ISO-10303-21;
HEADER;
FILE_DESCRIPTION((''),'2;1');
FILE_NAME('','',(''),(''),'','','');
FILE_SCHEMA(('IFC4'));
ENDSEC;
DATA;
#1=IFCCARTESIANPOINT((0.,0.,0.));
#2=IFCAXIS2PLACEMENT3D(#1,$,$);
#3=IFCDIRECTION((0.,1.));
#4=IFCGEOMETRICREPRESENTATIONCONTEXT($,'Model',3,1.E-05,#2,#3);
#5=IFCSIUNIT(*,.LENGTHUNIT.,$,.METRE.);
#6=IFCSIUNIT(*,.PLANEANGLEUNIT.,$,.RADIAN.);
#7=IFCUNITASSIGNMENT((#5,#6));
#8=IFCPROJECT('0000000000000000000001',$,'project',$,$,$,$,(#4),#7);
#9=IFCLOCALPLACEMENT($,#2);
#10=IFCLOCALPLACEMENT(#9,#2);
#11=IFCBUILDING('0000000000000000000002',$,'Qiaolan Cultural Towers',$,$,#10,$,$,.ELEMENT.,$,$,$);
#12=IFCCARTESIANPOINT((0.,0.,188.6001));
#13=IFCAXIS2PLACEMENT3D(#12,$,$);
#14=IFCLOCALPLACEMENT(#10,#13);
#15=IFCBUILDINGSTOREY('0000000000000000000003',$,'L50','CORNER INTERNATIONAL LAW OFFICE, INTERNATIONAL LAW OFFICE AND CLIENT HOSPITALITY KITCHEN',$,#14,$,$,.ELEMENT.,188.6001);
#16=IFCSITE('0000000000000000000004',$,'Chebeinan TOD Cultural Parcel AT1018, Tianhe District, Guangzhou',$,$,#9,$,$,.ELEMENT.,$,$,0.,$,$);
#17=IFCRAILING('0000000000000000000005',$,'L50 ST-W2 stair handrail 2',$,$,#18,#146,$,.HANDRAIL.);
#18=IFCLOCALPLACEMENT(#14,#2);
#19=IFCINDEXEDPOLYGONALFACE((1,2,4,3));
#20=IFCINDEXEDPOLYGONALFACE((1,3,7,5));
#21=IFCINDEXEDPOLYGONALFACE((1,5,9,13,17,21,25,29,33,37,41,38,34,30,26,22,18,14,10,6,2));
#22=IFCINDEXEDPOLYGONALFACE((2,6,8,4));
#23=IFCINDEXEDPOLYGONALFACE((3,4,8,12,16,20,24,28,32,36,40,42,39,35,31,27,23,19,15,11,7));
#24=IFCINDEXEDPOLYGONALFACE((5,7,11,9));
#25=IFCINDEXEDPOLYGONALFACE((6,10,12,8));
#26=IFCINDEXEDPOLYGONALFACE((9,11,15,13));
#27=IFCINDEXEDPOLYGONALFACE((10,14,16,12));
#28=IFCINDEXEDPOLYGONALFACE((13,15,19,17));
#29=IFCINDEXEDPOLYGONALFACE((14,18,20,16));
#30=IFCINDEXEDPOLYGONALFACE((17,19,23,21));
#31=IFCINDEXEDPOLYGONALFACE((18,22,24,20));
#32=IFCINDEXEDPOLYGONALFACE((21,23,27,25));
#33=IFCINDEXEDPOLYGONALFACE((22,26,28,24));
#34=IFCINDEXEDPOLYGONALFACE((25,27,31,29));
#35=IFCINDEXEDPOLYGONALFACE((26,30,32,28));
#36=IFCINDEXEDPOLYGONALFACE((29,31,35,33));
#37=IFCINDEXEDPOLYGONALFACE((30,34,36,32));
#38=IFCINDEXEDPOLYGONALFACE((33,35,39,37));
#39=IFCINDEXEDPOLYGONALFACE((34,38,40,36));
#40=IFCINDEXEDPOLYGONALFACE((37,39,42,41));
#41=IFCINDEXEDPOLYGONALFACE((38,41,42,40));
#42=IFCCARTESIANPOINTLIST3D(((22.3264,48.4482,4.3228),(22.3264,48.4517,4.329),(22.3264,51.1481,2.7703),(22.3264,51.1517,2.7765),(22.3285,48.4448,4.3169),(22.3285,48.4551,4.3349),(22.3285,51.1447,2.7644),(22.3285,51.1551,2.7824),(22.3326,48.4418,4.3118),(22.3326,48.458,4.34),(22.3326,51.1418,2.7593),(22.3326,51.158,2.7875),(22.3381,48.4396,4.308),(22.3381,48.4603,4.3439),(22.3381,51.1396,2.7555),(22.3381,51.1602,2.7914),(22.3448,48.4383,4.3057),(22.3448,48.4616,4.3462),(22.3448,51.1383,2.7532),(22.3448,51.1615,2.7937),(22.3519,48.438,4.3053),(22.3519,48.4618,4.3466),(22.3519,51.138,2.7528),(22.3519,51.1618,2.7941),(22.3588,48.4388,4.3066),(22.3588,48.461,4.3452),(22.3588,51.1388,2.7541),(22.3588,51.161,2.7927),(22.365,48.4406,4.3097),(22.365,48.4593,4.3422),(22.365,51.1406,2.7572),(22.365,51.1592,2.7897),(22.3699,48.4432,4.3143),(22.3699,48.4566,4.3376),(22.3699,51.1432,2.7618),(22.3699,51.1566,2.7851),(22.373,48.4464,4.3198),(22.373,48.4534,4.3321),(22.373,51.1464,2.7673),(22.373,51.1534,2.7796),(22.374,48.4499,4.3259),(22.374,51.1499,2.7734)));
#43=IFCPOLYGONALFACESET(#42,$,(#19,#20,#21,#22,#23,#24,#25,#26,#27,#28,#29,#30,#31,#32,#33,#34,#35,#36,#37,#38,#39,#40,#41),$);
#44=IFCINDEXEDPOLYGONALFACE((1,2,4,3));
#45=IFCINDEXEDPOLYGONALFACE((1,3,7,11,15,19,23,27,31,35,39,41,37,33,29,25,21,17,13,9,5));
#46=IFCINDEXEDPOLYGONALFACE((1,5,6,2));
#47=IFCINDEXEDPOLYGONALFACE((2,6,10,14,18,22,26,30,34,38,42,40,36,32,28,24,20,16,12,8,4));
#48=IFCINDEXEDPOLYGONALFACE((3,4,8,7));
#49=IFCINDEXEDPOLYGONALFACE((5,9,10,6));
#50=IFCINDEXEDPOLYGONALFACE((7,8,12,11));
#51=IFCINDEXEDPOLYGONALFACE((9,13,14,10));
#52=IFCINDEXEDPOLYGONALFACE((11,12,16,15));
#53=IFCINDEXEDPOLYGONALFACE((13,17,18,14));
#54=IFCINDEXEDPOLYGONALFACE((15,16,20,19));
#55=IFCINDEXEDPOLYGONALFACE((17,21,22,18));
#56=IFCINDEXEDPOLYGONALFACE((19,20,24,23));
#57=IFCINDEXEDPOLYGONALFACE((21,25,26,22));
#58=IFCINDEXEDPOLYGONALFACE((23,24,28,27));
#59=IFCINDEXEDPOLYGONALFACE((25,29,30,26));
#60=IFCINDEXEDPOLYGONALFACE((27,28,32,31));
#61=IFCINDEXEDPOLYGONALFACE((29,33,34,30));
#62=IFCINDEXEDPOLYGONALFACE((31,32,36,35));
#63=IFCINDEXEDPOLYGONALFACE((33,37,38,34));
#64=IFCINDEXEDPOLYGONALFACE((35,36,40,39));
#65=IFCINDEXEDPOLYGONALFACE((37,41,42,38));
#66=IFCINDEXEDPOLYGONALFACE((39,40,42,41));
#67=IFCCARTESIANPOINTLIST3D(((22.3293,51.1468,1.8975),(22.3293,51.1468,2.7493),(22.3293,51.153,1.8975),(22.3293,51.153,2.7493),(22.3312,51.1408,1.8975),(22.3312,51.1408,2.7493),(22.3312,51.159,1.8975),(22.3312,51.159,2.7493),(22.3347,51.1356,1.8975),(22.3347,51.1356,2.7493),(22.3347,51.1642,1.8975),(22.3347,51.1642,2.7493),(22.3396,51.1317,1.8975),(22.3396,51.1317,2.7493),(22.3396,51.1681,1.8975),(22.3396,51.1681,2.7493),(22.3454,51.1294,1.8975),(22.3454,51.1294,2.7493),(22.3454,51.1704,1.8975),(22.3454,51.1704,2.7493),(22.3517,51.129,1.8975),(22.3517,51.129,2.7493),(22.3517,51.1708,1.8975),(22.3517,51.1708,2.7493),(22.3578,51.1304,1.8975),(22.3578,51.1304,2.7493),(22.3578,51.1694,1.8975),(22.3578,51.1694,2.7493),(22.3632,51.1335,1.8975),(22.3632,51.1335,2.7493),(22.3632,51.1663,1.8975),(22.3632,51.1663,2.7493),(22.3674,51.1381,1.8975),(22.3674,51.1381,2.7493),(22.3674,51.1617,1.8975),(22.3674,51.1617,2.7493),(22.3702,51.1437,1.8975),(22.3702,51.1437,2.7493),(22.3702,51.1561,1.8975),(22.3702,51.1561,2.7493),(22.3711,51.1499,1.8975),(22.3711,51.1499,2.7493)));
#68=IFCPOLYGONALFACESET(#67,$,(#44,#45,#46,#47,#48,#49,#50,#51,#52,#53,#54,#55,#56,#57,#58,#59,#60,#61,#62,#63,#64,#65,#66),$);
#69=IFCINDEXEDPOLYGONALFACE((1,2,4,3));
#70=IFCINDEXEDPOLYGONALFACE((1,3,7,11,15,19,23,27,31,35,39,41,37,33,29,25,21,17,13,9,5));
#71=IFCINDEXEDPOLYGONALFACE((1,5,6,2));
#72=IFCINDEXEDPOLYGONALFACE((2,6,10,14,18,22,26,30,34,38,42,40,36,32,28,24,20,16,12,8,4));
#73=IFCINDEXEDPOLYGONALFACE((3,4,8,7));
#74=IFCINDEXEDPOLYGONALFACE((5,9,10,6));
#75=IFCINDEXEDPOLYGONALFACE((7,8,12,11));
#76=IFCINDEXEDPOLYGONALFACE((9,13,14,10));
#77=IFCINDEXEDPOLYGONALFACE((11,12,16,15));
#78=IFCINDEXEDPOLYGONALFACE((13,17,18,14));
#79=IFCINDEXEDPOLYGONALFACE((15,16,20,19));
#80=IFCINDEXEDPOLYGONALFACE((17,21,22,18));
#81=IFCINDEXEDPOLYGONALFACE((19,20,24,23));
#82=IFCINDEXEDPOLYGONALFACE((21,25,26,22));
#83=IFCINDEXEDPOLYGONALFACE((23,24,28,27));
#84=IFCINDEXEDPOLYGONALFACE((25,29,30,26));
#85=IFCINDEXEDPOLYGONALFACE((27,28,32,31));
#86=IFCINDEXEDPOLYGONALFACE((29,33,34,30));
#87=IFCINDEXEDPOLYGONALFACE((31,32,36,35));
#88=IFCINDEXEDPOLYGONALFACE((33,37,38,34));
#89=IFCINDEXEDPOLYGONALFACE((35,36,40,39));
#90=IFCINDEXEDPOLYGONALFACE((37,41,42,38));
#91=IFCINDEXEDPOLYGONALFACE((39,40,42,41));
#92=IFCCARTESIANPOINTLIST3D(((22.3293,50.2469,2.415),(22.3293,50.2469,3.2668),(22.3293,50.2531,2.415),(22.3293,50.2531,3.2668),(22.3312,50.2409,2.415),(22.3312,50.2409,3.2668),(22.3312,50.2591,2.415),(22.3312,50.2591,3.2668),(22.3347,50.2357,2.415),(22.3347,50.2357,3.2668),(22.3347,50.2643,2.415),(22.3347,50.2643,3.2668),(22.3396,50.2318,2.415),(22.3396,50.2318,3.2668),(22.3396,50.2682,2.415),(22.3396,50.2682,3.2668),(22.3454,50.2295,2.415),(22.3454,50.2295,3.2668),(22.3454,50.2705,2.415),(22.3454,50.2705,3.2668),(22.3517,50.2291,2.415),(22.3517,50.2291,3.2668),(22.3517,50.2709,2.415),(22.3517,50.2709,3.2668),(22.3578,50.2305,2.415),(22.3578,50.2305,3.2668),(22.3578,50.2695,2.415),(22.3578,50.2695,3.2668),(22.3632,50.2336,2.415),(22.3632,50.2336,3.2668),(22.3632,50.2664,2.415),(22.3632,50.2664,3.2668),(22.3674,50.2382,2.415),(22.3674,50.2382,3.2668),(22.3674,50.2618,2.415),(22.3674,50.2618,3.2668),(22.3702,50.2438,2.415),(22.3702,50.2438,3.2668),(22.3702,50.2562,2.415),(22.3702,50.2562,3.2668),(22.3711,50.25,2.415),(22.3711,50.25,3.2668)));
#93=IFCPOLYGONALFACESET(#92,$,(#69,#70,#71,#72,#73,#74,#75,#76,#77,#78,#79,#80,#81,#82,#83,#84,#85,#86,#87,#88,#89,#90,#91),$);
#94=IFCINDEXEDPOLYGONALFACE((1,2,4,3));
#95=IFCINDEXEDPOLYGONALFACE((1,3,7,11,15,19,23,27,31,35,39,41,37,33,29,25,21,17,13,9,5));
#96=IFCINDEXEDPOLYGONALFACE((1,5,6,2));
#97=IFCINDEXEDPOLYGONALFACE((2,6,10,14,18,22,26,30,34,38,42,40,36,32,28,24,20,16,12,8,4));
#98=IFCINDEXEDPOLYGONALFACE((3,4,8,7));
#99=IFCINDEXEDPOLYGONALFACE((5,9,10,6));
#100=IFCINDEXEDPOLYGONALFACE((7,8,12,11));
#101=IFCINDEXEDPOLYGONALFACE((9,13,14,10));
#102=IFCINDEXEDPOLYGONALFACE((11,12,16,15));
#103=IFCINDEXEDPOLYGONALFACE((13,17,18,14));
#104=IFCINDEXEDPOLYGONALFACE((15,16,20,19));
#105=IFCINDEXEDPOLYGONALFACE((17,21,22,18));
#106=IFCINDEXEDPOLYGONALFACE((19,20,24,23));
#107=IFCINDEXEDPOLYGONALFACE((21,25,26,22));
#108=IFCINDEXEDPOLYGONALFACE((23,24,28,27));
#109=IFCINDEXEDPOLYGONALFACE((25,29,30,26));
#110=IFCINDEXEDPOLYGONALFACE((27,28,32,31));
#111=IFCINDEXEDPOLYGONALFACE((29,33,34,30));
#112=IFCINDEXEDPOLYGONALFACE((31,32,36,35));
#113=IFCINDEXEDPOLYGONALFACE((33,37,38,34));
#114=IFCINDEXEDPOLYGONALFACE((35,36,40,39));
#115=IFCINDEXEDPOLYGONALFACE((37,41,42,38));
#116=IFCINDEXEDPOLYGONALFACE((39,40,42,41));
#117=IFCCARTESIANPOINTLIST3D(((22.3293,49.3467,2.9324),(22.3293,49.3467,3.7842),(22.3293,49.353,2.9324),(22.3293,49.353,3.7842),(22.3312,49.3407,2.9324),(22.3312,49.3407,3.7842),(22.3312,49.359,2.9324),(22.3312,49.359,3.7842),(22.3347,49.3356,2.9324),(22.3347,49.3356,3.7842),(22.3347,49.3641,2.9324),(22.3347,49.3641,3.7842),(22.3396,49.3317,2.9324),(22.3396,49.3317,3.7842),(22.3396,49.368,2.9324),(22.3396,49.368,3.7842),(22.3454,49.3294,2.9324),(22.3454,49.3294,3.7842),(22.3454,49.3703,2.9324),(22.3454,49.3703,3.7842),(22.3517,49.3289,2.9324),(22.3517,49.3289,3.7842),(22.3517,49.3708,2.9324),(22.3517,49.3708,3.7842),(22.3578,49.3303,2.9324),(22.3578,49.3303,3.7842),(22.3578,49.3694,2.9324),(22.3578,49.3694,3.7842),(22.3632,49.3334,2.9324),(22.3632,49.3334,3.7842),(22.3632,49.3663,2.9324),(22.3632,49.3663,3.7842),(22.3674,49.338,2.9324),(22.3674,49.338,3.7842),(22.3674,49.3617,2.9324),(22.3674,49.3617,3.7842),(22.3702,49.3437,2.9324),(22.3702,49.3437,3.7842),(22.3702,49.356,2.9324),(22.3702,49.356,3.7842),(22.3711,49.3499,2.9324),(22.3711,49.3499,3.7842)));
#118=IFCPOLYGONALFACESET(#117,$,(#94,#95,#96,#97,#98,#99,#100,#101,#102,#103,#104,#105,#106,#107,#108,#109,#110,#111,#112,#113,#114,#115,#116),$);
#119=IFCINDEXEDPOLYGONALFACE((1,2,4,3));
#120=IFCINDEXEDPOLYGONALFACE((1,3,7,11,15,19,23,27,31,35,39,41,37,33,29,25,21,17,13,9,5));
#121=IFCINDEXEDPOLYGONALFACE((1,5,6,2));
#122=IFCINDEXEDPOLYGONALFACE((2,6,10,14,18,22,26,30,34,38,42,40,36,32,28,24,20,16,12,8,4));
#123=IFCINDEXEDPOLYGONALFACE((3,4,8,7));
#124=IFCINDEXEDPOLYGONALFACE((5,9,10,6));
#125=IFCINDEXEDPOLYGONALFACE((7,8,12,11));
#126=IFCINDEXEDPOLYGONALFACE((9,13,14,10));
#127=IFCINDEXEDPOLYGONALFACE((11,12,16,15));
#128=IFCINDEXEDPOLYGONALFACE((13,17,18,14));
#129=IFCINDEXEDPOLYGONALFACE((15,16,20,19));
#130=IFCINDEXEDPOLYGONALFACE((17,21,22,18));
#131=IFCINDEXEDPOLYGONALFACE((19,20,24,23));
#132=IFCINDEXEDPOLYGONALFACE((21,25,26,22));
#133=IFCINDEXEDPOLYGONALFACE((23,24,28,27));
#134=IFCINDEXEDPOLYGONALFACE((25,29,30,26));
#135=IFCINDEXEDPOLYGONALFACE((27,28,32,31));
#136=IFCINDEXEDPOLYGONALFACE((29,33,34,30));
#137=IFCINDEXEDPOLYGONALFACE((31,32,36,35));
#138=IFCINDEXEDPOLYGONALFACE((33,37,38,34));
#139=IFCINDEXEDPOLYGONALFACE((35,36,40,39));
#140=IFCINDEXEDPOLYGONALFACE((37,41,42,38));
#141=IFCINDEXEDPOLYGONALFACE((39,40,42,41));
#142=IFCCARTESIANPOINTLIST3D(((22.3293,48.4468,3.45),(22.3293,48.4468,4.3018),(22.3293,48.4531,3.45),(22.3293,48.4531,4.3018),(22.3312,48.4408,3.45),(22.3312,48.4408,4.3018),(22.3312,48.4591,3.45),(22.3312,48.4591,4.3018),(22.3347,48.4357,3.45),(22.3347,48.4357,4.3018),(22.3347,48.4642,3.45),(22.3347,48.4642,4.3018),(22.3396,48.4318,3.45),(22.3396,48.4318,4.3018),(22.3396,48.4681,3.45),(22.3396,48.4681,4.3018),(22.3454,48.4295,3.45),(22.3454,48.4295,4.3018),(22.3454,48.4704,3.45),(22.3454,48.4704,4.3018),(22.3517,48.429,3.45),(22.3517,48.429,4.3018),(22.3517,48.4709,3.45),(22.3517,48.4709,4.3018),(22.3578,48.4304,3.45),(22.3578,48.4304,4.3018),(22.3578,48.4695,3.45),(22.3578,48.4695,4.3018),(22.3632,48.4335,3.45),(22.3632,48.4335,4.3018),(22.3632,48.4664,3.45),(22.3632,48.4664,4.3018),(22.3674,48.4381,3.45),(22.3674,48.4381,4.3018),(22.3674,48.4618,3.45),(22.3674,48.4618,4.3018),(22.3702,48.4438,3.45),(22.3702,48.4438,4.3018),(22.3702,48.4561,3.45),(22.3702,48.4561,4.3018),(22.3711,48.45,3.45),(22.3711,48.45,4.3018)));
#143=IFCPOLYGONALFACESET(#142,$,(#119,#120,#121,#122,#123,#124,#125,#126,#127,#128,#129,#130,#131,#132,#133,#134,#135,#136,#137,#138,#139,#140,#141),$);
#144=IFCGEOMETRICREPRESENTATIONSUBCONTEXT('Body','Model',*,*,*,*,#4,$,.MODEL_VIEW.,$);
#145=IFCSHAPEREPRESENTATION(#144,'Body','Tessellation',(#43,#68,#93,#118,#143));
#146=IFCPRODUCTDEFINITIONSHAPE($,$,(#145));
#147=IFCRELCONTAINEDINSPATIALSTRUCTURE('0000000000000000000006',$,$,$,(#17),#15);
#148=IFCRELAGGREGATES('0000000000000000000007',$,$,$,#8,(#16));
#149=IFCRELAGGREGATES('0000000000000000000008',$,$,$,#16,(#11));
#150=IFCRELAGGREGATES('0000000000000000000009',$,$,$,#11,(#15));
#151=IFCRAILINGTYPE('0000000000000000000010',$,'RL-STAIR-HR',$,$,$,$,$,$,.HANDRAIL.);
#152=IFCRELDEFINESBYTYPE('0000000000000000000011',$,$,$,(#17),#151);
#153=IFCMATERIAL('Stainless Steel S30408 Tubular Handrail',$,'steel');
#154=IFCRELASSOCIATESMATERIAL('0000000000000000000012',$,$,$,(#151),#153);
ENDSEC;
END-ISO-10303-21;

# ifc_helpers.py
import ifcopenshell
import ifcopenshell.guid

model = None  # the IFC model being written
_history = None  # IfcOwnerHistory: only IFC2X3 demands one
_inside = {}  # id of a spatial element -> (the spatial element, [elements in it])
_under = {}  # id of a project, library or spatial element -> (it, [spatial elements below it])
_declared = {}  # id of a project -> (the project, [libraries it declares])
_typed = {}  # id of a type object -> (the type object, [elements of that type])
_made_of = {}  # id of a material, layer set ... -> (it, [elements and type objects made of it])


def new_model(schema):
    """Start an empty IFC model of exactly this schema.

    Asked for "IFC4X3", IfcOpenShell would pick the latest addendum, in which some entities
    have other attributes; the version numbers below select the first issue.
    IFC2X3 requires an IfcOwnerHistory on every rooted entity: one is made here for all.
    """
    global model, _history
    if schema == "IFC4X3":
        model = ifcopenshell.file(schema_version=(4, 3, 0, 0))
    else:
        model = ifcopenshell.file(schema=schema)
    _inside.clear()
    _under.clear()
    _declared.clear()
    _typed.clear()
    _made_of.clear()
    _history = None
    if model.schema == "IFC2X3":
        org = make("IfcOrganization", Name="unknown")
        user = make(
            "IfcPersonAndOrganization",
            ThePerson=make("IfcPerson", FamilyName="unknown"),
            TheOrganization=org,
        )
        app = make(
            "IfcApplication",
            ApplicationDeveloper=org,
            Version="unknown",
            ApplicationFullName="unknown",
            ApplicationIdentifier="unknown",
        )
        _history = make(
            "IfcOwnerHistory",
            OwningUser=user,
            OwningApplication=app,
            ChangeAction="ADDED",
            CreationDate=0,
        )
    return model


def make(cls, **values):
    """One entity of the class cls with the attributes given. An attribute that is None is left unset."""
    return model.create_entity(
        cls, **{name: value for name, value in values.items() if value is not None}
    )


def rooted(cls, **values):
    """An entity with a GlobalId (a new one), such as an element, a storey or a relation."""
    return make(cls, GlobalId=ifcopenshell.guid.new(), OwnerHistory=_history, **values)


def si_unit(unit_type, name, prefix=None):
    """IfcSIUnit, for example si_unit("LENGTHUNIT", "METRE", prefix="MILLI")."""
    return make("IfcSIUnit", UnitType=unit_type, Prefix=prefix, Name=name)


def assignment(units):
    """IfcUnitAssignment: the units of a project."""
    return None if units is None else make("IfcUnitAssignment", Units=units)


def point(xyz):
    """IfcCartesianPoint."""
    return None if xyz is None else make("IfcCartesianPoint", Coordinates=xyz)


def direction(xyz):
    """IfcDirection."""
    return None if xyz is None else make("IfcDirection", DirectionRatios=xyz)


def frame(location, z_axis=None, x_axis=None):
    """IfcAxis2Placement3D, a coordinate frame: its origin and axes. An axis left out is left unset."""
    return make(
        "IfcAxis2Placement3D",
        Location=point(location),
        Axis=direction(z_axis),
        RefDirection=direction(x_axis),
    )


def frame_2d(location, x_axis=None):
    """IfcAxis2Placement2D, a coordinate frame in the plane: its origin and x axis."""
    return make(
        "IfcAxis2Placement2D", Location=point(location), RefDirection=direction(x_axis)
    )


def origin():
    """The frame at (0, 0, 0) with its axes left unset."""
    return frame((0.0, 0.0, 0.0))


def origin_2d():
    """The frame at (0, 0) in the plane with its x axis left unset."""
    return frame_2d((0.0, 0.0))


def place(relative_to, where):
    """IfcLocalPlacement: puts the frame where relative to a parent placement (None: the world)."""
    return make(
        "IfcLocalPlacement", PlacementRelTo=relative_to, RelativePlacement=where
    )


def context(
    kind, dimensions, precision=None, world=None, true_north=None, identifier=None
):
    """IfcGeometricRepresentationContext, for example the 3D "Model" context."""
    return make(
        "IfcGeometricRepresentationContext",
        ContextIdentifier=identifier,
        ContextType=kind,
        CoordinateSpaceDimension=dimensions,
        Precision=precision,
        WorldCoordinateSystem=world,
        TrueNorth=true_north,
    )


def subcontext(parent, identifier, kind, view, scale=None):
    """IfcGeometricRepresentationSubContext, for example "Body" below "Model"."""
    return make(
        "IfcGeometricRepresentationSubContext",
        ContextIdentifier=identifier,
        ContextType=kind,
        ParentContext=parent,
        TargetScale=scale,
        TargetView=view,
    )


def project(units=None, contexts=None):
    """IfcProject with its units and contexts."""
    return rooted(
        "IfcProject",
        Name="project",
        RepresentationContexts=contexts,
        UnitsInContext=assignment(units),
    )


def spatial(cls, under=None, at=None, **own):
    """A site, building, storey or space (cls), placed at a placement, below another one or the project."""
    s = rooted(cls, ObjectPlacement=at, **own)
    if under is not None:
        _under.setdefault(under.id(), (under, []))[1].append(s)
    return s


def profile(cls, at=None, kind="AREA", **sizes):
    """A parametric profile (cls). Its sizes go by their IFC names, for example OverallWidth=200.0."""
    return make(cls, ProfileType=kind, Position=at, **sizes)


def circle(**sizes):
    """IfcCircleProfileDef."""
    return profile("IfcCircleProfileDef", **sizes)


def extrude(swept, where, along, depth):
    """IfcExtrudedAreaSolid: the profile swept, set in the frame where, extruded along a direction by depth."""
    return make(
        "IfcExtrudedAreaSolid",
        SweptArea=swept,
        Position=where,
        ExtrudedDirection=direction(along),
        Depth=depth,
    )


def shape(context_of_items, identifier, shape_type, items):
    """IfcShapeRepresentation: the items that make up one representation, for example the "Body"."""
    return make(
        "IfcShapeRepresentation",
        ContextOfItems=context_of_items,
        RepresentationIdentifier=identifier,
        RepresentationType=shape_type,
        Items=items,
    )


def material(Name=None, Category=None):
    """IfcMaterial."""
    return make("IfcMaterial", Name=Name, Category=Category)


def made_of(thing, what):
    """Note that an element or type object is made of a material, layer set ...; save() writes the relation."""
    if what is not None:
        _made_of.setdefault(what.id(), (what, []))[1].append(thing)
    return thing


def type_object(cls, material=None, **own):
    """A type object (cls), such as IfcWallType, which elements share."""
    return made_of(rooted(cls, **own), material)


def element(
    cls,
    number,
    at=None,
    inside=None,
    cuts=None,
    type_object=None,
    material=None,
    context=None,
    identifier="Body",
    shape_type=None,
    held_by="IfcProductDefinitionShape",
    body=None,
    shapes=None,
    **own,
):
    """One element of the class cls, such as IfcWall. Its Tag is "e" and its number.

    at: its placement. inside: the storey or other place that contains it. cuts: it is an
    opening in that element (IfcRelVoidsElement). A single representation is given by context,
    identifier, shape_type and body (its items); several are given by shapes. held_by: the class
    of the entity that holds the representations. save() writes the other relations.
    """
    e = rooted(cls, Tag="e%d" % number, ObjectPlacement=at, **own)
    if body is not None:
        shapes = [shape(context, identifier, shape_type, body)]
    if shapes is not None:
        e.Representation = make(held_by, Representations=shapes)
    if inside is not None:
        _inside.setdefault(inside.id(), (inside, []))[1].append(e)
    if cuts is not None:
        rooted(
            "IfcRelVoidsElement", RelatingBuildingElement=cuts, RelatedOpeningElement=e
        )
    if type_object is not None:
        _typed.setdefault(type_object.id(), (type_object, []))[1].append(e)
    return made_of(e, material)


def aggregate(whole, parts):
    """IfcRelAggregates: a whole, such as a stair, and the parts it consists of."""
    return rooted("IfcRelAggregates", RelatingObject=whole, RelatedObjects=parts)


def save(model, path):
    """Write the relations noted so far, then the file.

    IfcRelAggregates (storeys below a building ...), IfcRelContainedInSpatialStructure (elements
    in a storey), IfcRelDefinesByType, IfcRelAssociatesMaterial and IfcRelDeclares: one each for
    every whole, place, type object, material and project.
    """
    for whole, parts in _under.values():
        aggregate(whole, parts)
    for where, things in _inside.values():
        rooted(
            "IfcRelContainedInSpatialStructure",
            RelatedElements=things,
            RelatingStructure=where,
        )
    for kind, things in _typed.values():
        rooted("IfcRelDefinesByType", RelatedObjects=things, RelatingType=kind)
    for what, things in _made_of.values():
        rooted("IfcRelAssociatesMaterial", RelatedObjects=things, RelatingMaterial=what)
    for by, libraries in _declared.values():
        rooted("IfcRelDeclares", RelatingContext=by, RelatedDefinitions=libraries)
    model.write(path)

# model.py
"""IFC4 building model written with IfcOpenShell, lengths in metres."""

from ifc_helpers import new_model, si_unit, direction, frame, origin, origin_2d, place, context, subcontext, project, spatial, circle, extrude, material, type_object, element, save


model = new_model("IFC4")

# Units and contexts
model_context = context("Model", 3, precision=1e-05, world=origin(), true_north=direction((0.0, 1.0)))
body_context = subcontext(model_context, "Body", "Model", "MODEL_VIEW")
ifc_project = project(units=[si_unit("LENGTHUNIT", "METRE"), si_unit("PLANEANGLEUNIT", "RADIAN")], contexts=[model_context])

# Site, building, storey
site_placement = place(None, origin())
site = spatial("IfcSite", under=ifc_project, at=site_placement, Name="Chebeinan TOD Cultural Parcel AT1018, Tianhe District, Guangzhou", CompositionType="ELEMENT", RefElevation=0.0)
building_placement = place(site_placement, origin())
building = spatial("IfcBuilding", under=site, at=building_placement, Name="Qiaolan Cultural Towers", CompositionType="ELEMENT")
storey_placement = place(building_placement, frame((0.0, 0.0, 188.6001)))
storey = spatial("IfcBuildingStorey", under=building, at=storey_placement, Name="L50", Description="CORNER INTERNATIONAL LAW OFFICE, INTERNATIONAL LAW OFFICE AND CLIENT HOSPITALITY KITCHEN", CompositionType="ELEMENT", Elevation=188.6001)

# Railing
ifc_material_1 = material(Name="Stainless Steel S30408 Tubular Handrail", Category="steel")
railing_type_1 = type_object("IfcRailingType", Name="RL-STAIR-HR", PredefinedType="HANDRAIL", material=ifc_material_1)
railing_1_placement = place(storey_placement, frame((22.3501, 51.1499, 1.8975)))
element("IfcRailing", 1, at=railing_1_placement, inside=storey, type_object=railing_type_1, Name="L50 ST-W2 stair handrail 2", PredefinedType="HANDRAIL", context=body_context, shape_type="SweptSolid", body=[
    extrude(circle(Radius=0.0239, at=origin_2d()), frame((0.0, 0.0, 0.876), z_axis=(0.0, -0.866904, 0.498476), x_axis=(1.0, 0.0, 0.0)), (0.0, 0.0, 1.0), 3.1145),
    extrude(circle(Radius=0.021, at=origin_2d()), origin(), (0.0, 0.0, 1.0), 0.8518),
    extrude(circle(Radius=0.021, at=origin_2d()), frame((0.0, -0.8999, 0.5176)), (0.0, 0.0, 1.0), 0.8518),
    extrude(circle(Radius=0.021, at=origin_2d()), frame((0.0, -1.8, 1.0349)), (0.0, 0.0, 1.0), 0.8518),
    extrude(circle(Radius=0.021, at=origin_2d()), frame((0.0, -2.7, 1.5525)), (0.0, 0.0, 1.0), 0.8518),
])

save(model, "model.ifc")
